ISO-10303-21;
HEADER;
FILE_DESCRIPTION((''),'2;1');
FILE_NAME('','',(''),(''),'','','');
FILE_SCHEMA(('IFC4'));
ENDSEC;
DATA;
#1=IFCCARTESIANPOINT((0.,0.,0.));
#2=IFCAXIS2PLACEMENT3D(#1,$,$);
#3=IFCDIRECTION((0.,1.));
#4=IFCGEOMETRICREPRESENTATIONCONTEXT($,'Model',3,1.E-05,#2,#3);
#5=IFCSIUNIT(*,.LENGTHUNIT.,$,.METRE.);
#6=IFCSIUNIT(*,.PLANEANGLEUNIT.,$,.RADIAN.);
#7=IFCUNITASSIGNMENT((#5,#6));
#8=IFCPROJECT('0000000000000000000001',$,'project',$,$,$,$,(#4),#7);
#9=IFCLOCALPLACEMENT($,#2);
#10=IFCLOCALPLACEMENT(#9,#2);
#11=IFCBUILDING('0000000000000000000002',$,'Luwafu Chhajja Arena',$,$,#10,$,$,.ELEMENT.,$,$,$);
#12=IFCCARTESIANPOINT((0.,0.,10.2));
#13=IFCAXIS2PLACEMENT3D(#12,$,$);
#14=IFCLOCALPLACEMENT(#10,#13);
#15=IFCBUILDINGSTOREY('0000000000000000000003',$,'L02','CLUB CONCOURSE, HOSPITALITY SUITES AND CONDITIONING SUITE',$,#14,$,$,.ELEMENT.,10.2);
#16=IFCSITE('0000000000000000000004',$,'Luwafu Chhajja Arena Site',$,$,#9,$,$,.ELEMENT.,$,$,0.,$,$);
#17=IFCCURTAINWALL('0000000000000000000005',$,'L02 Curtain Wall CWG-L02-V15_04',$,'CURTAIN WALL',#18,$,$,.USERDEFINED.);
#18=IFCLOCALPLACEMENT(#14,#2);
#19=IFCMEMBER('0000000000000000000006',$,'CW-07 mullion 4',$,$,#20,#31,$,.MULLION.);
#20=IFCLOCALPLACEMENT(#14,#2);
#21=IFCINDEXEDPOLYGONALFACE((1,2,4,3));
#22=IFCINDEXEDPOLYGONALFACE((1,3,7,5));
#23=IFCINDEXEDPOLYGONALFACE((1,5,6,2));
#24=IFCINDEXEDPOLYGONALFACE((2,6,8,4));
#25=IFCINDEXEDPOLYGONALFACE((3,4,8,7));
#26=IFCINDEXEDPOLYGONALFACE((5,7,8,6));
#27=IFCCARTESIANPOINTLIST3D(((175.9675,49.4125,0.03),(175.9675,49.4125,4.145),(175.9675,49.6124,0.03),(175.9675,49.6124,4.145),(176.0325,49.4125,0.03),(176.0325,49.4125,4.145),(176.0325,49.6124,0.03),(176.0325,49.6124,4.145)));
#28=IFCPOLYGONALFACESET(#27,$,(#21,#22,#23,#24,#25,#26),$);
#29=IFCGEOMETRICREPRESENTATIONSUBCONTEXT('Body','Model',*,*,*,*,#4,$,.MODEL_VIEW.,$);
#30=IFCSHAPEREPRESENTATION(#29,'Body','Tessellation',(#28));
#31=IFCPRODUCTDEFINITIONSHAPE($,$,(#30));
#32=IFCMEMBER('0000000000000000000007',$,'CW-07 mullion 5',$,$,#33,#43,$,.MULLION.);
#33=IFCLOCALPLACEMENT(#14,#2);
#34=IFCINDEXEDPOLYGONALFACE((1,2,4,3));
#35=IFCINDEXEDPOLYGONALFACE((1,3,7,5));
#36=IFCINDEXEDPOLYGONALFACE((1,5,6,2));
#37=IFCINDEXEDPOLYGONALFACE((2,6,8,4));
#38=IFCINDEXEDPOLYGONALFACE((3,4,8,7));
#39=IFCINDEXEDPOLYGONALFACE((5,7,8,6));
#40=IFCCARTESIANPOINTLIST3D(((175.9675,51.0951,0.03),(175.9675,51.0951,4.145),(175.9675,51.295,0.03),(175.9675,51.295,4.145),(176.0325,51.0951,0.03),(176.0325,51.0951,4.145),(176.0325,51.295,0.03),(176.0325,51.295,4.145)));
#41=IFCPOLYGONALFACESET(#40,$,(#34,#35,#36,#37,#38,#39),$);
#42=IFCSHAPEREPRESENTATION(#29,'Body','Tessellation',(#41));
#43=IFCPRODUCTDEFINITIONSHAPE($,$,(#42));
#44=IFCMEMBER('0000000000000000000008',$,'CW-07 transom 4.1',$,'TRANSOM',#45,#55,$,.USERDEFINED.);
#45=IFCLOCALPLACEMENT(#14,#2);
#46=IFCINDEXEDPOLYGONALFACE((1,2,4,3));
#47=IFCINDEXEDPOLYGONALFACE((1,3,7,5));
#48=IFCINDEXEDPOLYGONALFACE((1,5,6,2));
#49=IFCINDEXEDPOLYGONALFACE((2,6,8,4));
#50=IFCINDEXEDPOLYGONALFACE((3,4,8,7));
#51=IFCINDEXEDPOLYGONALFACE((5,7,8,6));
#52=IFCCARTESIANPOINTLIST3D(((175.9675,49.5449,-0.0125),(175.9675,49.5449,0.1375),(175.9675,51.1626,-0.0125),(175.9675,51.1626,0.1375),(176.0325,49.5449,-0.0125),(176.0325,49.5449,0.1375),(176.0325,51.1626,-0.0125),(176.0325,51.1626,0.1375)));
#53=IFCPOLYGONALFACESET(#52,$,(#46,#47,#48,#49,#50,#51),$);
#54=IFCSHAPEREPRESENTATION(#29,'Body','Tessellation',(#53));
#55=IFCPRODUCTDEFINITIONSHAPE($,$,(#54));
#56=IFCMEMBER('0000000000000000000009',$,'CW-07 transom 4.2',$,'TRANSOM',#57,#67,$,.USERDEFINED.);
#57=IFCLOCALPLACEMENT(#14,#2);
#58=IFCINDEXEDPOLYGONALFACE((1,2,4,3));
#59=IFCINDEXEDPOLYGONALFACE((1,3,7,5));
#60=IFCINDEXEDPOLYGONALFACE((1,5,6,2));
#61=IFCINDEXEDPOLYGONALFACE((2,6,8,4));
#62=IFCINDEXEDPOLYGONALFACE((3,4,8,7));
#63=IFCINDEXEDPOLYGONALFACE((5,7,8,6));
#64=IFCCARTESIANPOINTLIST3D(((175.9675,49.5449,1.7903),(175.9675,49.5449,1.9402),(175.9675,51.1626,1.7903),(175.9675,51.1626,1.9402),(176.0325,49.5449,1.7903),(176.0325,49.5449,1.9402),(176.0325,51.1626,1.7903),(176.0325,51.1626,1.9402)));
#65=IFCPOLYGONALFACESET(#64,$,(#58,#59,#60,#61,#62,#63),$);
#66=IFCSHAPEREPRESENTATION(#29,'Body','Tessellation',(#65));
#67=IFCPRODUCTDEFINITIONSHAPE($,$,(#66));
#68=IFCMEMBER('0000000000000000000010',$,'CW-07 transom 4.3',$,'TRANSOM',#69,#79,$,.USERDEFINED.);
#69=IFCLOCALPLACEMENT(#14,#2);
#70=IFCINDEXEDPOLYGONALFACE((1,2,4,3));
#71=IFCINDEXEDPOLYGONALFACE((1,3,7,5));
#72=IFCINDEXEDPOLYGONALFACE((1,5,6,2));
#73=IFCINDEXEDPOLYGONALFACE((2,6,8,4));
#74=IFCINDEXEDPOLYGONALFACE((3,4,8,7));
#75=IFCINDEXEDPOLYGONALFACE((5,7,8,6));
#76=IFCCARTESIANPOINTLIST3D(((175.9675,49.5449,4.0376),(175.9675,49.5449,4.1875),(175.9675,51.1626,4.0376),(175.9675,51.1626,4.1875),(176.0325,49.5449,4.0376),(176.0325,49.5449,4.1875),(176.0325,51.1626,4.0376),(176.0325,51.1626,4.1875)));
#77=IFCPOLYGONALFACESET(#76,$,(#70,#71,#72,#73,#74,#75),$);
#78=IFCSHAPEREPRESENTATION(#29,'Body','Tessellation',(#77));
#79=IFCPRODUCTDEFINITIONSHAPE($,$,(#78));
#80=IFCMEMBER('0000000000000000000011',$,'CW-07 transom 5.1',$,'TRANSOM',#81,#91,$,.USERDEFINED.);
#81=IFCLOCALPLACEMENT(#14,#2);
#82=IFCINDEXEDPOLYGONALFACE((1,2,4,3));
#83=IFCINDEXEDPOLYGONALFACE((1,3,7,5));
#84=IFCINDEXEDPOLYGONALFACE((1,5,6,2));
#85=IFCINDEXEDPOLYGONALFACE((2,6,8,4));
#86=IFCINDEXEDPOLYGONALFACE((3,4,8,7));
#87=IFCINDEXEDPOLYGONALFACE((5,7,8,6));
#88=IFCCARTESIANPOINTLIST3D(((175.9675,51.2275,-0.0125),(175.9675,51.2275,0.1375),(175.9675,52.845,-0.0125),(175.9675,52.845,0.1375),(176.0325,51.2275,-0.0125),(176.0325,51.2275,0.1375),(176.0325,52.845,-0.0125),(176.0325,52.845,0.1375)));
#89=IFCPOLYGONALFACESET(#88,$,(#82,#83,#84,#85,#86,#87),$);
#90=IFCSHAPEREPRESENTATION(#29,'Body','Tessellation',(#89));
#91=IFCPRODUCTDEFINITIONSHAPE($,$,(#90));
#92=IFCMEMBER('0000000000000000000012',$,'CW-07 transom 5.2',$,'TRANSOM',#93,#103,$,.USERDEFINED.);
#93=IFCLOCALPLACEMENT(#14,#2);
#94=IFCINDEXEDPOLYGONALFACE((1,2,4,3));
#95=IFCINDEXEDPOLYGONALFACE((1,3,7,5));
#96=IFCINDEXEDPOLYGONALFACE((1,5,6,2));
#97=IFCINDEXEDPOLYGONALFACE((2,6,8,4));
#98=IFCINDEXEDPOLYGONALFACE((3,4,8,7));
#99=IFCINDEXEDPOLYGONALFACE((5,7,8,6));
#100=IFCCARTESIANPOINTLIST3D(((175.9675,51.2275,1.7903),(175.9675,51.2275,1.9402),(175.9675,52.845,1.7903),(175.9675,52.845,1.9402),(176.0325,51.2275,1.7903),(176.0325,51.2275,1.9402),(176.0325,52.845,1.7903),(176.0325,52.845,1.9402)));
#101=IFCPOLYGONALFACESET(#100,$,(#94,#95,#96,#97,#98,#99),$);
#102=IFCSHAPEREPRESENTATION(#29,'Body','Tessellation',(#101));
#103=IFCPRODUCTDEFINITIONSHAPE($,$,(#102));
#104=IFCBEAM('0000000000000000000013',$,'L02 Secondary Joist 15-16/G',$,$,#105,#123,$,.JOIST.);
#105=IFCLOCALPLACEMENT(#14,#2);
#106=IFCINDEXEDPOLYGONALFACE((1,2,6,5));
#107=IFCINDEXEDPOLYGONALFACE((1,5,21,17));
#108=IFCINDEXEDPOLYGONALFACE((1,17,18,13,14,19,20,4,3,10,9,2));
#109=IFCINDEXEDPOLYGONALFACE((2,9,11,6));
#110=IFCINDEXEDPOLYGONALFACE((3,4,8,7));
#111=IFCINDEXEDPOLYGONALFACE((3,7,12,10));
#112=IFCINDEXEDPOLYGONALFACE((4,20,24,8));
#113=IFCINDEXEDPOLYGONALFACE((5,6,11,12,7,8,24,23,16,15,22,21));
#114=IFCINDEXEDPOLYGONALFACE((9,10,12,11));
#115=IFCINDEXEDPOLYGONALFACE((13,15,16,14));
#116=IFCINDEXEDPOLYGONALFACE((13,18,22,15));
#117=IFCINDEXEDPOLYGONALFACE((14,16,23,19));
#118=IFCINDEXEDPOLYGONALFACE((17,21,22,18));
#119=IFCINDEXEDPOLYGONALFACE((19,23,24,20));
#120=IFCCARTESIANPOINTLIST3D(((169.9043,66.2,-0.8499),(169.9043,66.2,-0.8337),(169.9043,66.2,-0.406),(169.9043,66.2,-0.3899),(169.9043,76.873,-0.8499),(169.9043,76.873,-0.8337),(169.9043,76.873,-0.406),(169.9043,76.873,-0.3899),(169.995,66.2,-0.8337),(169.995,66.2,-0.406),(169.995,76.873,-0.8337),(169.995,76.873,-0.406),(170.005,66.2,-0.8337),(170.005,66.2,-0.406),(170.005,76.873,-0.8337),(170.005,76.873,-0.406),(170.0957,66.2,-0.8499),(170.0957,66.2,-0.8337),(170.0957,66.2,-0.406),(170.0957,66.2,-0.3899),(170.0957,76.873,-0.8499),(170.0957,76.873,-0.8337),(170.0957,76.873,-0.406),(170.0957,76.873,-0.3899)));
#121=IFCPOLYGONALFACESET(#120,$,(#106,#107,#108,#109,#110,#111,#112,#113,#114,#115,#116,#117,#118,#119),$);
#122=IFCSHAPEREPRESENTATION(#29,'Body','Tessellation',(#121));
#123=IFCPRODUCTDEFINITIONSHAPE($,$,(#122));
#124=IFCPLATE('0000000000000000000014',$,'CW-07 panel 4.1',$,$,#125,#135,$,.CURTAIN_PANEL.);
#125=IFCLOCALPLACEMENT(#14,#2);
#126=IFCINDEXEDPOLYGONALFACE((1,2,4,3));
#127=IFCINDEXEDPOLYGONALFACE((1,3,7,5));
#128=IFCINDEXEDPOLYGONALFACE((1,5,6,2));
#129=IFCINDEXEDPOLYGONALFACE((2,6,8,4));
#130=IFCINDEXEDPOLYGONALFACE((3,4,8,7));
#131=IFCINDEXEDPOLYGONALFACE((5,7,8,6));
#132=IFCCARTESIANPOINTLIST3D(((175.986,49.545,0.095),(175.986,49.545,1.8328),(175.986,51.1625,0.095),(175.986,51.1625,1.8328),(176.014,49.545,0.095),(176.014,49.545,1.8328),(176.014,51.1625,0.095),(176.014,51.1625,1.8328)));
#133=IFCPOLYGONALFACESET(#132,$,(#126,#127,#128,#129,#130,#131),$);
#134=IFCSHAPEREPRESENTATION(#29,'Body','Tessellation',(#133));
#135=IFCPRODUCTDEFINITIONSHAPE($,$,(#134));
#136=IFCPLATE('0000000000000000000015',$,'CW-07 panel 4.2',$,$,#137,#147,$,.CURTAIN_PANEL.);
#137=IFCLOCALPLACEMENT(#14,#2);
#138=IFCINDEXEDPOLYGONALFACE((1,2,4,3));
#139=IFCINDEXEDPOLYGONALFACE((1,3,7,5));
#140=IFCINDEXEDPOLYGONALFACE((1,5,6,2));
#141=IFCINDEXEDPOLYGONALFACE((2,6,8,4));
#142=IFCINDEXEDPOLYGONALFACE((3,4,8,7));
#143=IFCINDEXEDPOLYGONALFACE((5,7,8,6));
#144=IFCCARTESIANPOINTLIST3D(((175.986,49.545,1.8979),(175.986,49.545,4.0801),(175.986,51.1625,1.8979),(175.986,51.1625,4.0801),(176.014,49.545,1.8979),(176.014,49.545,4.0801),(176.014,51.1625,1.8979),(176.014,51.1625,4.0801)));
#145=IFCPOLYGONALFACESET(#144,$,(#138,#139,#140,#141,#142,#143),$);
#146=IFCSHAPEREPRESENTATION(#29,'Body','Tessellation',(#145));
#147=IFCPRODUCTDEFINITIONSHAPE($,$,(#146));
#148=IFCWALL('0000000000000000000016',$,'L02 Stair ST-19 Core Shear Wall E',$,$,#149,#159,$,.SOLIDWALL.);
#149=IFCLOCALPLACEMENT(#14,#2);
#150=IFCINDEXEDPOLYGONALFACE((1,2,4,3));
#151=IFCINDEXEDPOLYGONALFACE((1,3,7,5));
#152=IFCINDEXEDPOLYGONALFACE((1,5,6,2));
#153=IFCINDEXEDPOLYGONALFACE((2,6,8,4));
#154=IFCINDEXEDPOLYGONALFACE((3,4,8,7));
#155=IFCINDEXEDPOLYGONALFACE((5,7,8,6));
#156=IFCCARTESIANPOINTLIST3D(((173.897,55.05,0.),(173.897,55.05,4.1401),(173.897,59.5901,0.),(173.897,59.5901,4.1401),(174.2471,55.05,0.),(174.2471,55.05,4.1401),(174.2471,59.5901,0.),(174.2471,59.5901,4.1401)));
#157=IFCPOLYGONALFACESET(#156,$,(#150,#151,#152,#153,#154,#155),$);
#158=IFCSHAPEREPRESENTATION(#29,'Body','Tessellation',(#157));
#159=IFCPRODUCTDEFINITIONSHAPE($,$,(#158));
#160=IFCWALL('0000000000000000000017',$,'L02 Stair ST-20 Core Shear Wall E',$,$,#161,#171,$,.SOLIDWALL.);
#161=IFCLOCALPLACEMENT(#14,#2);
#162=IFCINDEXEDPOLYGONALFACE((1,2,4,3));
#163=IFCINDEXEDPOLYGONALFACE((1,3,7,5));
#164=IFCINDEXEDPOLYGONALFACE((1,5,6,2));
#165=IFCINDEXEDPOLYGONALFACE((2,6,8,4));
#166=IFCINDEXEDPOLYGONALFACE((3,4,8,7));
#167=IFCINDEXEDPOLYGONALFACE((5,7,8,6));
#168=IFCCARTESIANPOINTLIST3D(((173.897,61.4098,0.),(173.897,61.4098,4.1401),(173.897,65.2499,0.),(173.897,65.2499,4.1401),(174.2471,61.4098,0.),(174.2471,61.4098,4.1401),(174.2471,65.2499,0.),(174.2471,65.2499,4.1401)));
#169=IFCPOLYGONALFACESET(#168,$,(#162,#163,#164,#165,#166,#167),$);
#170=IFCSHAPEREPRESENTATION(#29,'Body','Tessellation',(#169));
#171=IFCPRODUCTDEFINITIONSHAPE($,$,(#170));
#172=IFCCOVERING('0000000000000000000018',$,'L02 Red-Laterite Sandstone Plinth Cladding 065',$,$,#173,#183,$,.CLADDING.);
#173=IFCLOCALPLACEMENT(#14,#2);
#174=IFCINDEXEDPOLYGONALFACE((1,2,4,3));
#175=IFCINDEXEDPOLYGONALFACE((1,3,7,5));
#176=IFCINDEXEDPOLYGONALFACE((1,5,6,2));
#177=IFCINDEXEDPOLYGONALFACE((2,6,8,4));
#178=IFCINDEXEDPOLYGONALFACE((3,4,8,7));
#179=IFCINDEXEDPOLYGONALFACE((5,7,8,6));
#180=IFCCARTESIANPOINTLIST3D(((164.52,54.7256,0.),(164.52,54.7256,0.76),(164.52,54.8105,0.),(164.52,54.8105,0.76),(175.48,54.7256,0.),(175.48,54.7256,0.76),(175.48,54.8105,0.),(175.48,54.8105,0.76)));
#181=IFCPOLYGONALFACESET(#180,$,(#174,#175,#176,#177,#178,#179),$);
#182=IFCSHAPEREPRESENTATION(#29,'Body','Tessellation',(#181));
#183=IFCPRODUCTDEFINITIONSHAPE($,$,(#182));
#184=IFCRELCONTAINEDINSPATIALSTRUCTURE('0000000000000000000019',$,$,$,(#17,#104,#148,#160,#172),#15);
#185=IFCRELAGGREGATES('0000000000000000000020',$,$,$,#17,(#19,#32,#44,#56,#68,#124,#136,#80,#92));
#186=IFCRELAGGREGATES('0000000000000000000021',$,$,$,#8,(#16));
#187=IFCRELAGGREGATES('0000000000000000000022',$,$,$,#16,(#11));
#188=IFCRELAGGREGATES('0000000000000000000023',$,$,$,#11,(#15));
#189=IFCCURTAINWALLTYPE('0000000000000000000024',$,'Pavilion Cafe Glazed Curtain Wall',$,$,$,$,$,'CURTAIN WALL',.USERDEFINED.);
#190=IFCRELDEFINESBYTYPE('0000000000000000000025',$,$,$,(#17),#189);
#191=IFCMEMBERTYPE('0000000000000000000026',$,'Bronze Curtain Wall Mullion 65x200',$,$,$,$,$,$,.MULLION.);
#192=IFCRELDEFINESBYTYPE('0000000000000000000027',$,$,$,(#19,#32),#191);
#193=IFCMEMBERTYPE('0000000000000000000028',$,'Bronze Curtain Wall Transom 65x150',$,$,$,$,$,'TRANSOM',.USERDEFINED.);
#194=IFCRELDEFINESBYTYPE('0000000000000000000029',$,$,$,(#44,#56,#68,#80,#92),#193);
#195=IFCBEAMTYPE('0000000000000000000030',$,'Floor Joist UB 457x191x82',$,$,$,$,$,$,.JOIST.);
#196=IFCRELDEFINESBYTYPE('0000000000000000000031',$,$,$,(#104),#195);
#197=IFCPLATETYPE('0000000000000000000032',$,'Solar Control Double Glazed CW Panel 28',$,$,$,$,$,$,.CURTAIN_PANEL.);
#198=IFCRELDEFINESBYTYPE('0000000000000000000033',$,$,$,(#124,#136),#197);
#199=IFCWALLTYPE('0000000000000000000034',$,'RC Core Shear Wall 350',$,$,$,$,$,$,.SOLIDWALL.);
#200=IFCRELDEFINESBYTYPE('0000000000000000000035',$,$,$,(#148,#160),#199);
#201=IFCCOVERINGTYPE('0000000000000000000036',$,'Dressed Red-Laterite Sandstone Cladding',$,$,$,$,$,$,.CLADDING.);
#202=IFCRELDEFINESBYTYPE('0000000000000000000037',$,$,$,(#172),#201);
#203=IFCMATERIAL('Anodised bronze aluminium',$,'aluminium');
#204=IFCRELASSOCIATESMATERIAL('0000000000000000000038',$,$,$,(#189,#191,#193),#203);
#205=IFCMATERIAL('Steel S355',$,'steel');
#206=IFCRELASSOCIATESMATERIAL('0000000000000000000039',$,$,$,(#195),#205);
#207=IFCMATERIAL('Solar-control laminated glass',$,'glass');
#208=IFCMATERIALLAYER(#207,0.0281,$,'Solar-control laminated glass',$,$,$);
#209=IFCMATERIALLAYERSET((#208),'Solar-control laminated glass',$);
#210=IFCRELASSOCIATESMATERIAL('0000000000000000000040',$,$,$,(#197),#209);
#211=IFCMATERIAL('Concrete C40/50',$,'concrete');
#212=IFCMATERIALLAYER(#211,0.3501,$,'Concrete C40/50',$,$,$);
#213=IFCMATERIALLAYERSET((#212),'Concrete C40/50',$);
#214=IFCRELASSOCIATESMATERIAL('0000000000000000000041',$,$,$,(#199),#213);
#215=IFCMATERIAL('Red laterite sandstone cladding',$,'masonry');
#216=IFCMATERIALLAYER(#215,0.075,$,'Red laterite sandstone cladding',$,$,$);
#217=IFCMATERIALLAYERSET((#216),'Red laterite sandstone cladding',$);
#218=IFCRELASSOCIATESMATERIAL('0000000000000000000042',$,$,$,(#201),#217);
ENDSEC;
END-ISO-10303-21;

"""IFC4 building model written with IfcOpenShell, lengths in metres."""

from ifc_helpers import new_model, si_unit, direction, frame, frame_2d, origin, origin_2d, place, context, subcontext, project, spatial, rectangle, i_section, extrude, material, layer, layer_set, material_profile, profile_set, type_object, element, aggregate, save


model = new_model("IFC4")

# Units and contexts
model_context = context("Model", 3, precision=1e-05, world=origin(), true_north=direction((0.0, 1.0)))
body_context = subcontext(model_context, "Body", "Model", "MODEL_VIEW")
ifc_project = project(units=[si_unit("LENGTHUNIT", "METRE"), si_unit("PLANEANGLEUNIT", "RADIAN")], contexts=[model_context])

# Site, building, storey
site_placement = place(None, origin())
site = spatial("IfcSite", under=ifc_project, at=site_placement, Name="Luwafu Chhajja Arena Site", CompositionType="ELEMENT", RefElevation=0.0)
building_placement = place(site_placement, origin())
building = spatial("IfcBuilding", under=site, at=building_placement, Name="Luwafu Chhajja Arena", CompositionType="ELEMENT")
storey_placement = place(building_placement, frame((0.0, 0.0, 10.2)))
storey = spatial("IfcBuildingStorey", under=building, at=storey_placement, Name="L02", Description="CLUB CONCOURSE, HOSPITALITY SUITES AND CONDITIONING SUITE", CompositionType="ELEMENT", Elevation=10.2)

# Curtain wall, members
ifc_material_1 = material(Name="Anodised bronze aluminium", Category="aluminium")
curtain_wall_type = type_object("IfcCurtainWallType", Name="Pavilion Cafe Glazed Curtain Wall", ElementType="CURTAIN WALL", PredefinedType="USERDEFINED", material=ifc_material_1)
curtain_wall_placement = place(storey_placement, origin())
curtain_wall = element("IfcCurtainWall", 1, at=curtain_wall_placement, inside=storey, type_object=curtain_wall_type, Name="L02 Curtain Wall CWG-L02-V15_04", ObjectType="CURTAIN WALL", PredefinedType="USERDEFINED")
ifc_material_profile_1 = material_profile(ifc_material_1, rectangle(XDim=0.0649, YDim=0.2, at=origin_2d()), Name="CWM 65x200")
ifc_profile_set_1 = profile_set([ifc_material_profile_1], Name="Anodised bronze aluminium")
member_type_1 = type_object("IfcMemberType", Name="Bronze Curtain Wall Mullion 65x200", PredefinedType="MULLION", material=ifc_profile_set_1)
member_1_placement = place(storey_placement, frame((176.0, 49.5125, 0.03), z_axis=(0.0, 0.0, 1.0), x_axis=(-1.0, 0.0, 0.0)))
member_1 = element("IfcMember", 2, at=member_1_placement, type_object=member_type_1, Name="CW-07 mullion 4", PredefinedType="MULLION", context=body_context, shape_type="SweptSolid", body=[
    extrude(rectangle(XDim=0.0649, YDim=0.2, at=origin_2d()), origin(), (0.0, 0.0, 1.0), 4.115),
])
member_2_placement = place(storey_placement, frame((176.0, 51.1951, 0.03), z_axis=(0.0, 0.0, 1.0), x_axis=(-1.0, 0.0, 0.0)))
member_2 = element("IfcMember", 3, at=member_2_placement, type_object=member_type_1, Name="CW-07 mullion 5", PredefinedType="MULLION", context=body_context, shape_type="SweptSolid", body=[
    extrude(rectangle(XDim=0.0649, YDim=0.2, at=origin_2d()), origin(), (0.0, 0.0, 1.0), 4.115),
])
ifc_material_profile_2 = material_profile(ifc_material_1, rectangle(XDim=0.0649, YDim=0.1499, at=origin_2d()), Name="CWT 65x150")
ifc_profile_set_2 = profile_set([ifc_material_profile_2], Name="Anodised bronze aluminium")
member_type_2 = type_object("IfcMemberType", Name="Bronze Curtain Wall Transom 65x150", ElementType="TRANSOM", PredefinedType="USERDEFINED", material=ifc_profile_set_2)
member_3_placement = place(storey_placement, frame((176.0, 49.5449, 0.0625), z_axis=(0.0, 1.0, 0.0), x_axis=(-1.0, 0.0, 0.0)))
member_3 = element("IfcMember", 4, at=member_3_placement, type_object=member_type_2, Name="CW-07 transom 4.1", ObjectType="TRANSOM", PredefinedType="USERDEFINED", context=body_context, shape_type="SweptSolid", body=[
    extrude(rectangle(XDim=0.0649, YDim=0.1499, at=origin_2d()), origin(), (0.0, 0.0, 1.0), 1.6177),
])
member_4_placement = place(storey_placement, frame((176.0, 49.5449, 1.8652), z_axis=(0.0, 1.0, 0.0), x_axis=(-1.0, 0.0, 0.0)))
member_4 = element("IfcMember", 5, at=member_4_placement, type_object=member_type_2, Name="CW-07 transom 4.2", ObjectType="TRANSOM", PredefinedType="USERDEFINED", context=body_context, shape_type="SweptSolid", body=[
    extrude(rectangle(XDim=0.0649, YDim=0.1499, at=origin_2d()), origin(), (0.0, 0.0, 1.0), 1.6177),
])
member_5_placement = place(storey_placement, frame((176.0, 49.5449, 4.1125), z_axis=(0.0, 1.0, 0.0), x_axis=(-1.0, 0.0, 0.0)))
member_5 = element("IfcMember", 6, at=member_5_placement, type_object=member_type_2, Name="CW-07 transom 4.3", ObjectType="TRANSOM", PredefinedType="USERDEFINED", context=body_context, shape_type="SweptSolid", body=[
    extrude(rectangle(XDim=0.0649, YDim=0.1499, at=origin_2d()), origin(), (0.0, 0.0, 1.0), 1.6177),
])
member_6_placement = place(storey_placement, frame((176.0, 51.2275, 0.0625), z_axis=(0.0, 1.0, 0.0), x_axis=(-1.0, 0.0, 0.0)))
member_6 = element("IfcMember", 7, at=member_6_placement, type_object=member_type_2, Name="CW-07 transom 5.1", ObjectType="TRANSOM", PredefinedType="USERDEFINED", context=body_context, shape_type="SweptSolid", body=[
    extrude(rectangle(XDim=0.0649, YDim=0.1499, at=origin_2d()), origin(), (0.0, 0.0, 1.0), 1.6174),
])
member_7_placement = place(storey_placement, frame((176.0, 51.2275, 1.8652), z_axis=(0.0, 1.0, 0.0), x_axis=(-1.0, 0.0, 0.0)))
member_7 = element("IfcMember", 8, at=member_7_placement, type_object=member_type_2, Name="CW-07 transom 5.2", ObjectType="TRANSOM", PredefinedType="USERDEFINED", context=body_context, shape_type="SweptSolid", body=[
    extrude(rectangle(XDim=0.0649, YDim=0.1499, at=origin_2d()), origin(), (0.0, 0.0, 1.0), 1.6174),
])

# Beam
ifc_material_2 = material(Name="Steel S355", Category="steel")
ifc_material_profile_3 = material_profile(ifc_material_2, i_section(OverallWidth=0.1914, OverallDepth=0.46, WebThickness=0.01, FlangeThickness=0.0161, at=origin_2d()), Name="UB 457x191x82")
ifc_profile_set_3 = profile_set([ifc_material_profile_3], Name="Steel S355")
beam_type = type_object("IfcBeamType", Name="Floor Joist UB 457x191x82", PredefinedType="JOIST", material=ifc_profile_set_3)
beam_placement = place(storey_placement, frame((170.0, 66.2, -0.6199), z_axis=(0.0, 1.0, 0.0), x_axis=(-1.0, 0.0, 0.0)))
element("IfcBeam", 9, at=beam_placement, inside=storey, type_object=beam_type, Name="L02 Secondary Joist 15-16/G", PredefinedType="JOIST", context=body_context, shape_type="SweptSolid", body=[
    extrude(i_section(OverallWidth=0.1914, OverallDepth=0.46, WebThickness=0.01, FlangeThickness=0.0161, at=origin_2d()), origin(), (0.0, 0.0, 1.0), 10.6731),
])

# Plates
ifc_material_3 = material(Name="Solar-control laminated glass", Category="glass")
ifc_layer_1 = layer(ifc_material_3, 0.0281, Name="Solar-control laminated glass")
ifc_layer_set_1 = layer_set([ifc_layer_1], Name="Solar-control laminated glass")
plate_type = type_object("IfcPlateType", Name="Solar Control Double Glazed CW Panel 28", PredefinedType="CURTAIN_PANEL", material=ifc_layer_set_1)
plate_1_placement = place(storey_placement, frame((176.0, 50.3538, 0.095), z_axis=(0.0, 0.0, 1.0), x_axis=(0.0, 1.0, 0.0)))
plate_1 = element("IfcPlate", 10, at=plate_1_placement, type_object=plate_type, Name="CW-07 panel 4.1", PredefinedType="CURTAIN_PANEL", context=body_context, shape_type="SweptSolid", body=[
    extrude(rectangle(XDim=1.6174, YDim=0.0281, at=origin_2d()), origin(), (0.0, 0.0, 1.0), 1.7378),
])
plate_2_placement = place(storey_placement, frame((176.0, 50.3538, 1.8979), z_axis=(0.0, 0.0, 1.0), x_axis=(0.0, 1.0, 0.0)))
plate_2 = element("IfcPlate", 11, at=plate_2_placement, type_object=plate_type, Name="CW-07 panel 4.2", PredefinedType="CURTAIN_PANEL", context=body_context, shape_type="SweptSolid", body=[
    extrude(rectangle(XDim=1.6174, YDim=0.0281, at=origin_2d()), origin(), (0.0, 0.0, 1.0), 2.1821),
])
aggregate(curtain_wall, [member_1, member_2, member_3, member_4, member_5, plate_1, plate_2, member_6, member_7])

# Walls
ifc_material_4 = material(Name="Concrete C40/50", Category="concrete")
ifc_layer_2 = layer(ifc_material_4, 0.3501, Name="Concrete C40/50")
ifc_layer_set_2 = layer_set([ifc_layer_2], Name="Concrete C40/50")
wall_type = type_object("IfcWallType", Name="RC Core Shear Wall 350", PredefinedType="SOLIDWALL", material=ifc_layer_set_2)
wall_1_placement = place(storey_placement, frame((174.072, 55.05, 0.0), z_axis=(0.0, 0.0, 1.0), x_axis=(0.0, 1.0, 0.0)))
element("IfcWall", 12, at=wall_1_placement, inside=storey, type_object=wall_type, Name="L02 Stair ST-19 Core Shear Wall E", PredefinedType="SOLIDWALL", context=body_context, shape_type="SweptSolid", body=[
    extrude(rectangle(XDim=4.54, YDim=0.3501, at=frame_2d((2.27, 0.0))), origin(), (0.0, 0.0, 1.0), 4.1401),
])
wall_2_placement = place(storey_placement, frame((174.072, 61.4099, 0.0), z_axis=(0.0, 0.0, 1.0), x_axis=(0.0, 1.0, 0.0)))
element("IfcWall", 13, at=wall_2_placement, inside=storey, type_object=wall_type, Name="L02 Stair ST-20 Core Shear Wall E", PredefinedType="SOLIDWALL", context=body_context, shape_type="SweptSolid", body=[
    extrude(rectangle(XDim=3.8401, YDim=0.3501, at=frame_2d((1.9199, 0.0))), origin(), (0.0, 0.0, 1.0), 4.1401),
])

# Covering
ifc_material_5 = material(Name="Red laterite sandstone cladding", Category="masonry")
ifc_layer_3 = layer(ifc_material_5, 0.075, Name="Red laterite sandstone cladding")
ifc_layer_set_3 = layer_set([ifc_layer_3], Name="Red laterite sandstone cladding")
covering_type = type_object("IfcCoveringType", Name="Dressed Red-Laterite Sandstone Cladding", PredefinedType="CLADDING", material=ifc_layer_set_3)
covering_1_placement = place(storey_placement, frame((170.0, 54.7681, 0.0), z_axis=(0.0, 0.0, 1.0), x_axis=(1.0, 0.0, 0.0)))
element("IfcCovering", 14, at=covering_1_placement, inside=storey, type_object=covering_type, Name="L02 Red-Laterite Sandstone Plinth Cladding 065", PredefinedType="CLADDING", context=body_context, shape_type="SweptSolid", body=[
    extrude(rectangle(XDim=10.96, YDim=0.085, at=origin_2d()), origin(), (0.0, 0.0, 1.0), 0.76),
])

save(model, "model.ifc")
